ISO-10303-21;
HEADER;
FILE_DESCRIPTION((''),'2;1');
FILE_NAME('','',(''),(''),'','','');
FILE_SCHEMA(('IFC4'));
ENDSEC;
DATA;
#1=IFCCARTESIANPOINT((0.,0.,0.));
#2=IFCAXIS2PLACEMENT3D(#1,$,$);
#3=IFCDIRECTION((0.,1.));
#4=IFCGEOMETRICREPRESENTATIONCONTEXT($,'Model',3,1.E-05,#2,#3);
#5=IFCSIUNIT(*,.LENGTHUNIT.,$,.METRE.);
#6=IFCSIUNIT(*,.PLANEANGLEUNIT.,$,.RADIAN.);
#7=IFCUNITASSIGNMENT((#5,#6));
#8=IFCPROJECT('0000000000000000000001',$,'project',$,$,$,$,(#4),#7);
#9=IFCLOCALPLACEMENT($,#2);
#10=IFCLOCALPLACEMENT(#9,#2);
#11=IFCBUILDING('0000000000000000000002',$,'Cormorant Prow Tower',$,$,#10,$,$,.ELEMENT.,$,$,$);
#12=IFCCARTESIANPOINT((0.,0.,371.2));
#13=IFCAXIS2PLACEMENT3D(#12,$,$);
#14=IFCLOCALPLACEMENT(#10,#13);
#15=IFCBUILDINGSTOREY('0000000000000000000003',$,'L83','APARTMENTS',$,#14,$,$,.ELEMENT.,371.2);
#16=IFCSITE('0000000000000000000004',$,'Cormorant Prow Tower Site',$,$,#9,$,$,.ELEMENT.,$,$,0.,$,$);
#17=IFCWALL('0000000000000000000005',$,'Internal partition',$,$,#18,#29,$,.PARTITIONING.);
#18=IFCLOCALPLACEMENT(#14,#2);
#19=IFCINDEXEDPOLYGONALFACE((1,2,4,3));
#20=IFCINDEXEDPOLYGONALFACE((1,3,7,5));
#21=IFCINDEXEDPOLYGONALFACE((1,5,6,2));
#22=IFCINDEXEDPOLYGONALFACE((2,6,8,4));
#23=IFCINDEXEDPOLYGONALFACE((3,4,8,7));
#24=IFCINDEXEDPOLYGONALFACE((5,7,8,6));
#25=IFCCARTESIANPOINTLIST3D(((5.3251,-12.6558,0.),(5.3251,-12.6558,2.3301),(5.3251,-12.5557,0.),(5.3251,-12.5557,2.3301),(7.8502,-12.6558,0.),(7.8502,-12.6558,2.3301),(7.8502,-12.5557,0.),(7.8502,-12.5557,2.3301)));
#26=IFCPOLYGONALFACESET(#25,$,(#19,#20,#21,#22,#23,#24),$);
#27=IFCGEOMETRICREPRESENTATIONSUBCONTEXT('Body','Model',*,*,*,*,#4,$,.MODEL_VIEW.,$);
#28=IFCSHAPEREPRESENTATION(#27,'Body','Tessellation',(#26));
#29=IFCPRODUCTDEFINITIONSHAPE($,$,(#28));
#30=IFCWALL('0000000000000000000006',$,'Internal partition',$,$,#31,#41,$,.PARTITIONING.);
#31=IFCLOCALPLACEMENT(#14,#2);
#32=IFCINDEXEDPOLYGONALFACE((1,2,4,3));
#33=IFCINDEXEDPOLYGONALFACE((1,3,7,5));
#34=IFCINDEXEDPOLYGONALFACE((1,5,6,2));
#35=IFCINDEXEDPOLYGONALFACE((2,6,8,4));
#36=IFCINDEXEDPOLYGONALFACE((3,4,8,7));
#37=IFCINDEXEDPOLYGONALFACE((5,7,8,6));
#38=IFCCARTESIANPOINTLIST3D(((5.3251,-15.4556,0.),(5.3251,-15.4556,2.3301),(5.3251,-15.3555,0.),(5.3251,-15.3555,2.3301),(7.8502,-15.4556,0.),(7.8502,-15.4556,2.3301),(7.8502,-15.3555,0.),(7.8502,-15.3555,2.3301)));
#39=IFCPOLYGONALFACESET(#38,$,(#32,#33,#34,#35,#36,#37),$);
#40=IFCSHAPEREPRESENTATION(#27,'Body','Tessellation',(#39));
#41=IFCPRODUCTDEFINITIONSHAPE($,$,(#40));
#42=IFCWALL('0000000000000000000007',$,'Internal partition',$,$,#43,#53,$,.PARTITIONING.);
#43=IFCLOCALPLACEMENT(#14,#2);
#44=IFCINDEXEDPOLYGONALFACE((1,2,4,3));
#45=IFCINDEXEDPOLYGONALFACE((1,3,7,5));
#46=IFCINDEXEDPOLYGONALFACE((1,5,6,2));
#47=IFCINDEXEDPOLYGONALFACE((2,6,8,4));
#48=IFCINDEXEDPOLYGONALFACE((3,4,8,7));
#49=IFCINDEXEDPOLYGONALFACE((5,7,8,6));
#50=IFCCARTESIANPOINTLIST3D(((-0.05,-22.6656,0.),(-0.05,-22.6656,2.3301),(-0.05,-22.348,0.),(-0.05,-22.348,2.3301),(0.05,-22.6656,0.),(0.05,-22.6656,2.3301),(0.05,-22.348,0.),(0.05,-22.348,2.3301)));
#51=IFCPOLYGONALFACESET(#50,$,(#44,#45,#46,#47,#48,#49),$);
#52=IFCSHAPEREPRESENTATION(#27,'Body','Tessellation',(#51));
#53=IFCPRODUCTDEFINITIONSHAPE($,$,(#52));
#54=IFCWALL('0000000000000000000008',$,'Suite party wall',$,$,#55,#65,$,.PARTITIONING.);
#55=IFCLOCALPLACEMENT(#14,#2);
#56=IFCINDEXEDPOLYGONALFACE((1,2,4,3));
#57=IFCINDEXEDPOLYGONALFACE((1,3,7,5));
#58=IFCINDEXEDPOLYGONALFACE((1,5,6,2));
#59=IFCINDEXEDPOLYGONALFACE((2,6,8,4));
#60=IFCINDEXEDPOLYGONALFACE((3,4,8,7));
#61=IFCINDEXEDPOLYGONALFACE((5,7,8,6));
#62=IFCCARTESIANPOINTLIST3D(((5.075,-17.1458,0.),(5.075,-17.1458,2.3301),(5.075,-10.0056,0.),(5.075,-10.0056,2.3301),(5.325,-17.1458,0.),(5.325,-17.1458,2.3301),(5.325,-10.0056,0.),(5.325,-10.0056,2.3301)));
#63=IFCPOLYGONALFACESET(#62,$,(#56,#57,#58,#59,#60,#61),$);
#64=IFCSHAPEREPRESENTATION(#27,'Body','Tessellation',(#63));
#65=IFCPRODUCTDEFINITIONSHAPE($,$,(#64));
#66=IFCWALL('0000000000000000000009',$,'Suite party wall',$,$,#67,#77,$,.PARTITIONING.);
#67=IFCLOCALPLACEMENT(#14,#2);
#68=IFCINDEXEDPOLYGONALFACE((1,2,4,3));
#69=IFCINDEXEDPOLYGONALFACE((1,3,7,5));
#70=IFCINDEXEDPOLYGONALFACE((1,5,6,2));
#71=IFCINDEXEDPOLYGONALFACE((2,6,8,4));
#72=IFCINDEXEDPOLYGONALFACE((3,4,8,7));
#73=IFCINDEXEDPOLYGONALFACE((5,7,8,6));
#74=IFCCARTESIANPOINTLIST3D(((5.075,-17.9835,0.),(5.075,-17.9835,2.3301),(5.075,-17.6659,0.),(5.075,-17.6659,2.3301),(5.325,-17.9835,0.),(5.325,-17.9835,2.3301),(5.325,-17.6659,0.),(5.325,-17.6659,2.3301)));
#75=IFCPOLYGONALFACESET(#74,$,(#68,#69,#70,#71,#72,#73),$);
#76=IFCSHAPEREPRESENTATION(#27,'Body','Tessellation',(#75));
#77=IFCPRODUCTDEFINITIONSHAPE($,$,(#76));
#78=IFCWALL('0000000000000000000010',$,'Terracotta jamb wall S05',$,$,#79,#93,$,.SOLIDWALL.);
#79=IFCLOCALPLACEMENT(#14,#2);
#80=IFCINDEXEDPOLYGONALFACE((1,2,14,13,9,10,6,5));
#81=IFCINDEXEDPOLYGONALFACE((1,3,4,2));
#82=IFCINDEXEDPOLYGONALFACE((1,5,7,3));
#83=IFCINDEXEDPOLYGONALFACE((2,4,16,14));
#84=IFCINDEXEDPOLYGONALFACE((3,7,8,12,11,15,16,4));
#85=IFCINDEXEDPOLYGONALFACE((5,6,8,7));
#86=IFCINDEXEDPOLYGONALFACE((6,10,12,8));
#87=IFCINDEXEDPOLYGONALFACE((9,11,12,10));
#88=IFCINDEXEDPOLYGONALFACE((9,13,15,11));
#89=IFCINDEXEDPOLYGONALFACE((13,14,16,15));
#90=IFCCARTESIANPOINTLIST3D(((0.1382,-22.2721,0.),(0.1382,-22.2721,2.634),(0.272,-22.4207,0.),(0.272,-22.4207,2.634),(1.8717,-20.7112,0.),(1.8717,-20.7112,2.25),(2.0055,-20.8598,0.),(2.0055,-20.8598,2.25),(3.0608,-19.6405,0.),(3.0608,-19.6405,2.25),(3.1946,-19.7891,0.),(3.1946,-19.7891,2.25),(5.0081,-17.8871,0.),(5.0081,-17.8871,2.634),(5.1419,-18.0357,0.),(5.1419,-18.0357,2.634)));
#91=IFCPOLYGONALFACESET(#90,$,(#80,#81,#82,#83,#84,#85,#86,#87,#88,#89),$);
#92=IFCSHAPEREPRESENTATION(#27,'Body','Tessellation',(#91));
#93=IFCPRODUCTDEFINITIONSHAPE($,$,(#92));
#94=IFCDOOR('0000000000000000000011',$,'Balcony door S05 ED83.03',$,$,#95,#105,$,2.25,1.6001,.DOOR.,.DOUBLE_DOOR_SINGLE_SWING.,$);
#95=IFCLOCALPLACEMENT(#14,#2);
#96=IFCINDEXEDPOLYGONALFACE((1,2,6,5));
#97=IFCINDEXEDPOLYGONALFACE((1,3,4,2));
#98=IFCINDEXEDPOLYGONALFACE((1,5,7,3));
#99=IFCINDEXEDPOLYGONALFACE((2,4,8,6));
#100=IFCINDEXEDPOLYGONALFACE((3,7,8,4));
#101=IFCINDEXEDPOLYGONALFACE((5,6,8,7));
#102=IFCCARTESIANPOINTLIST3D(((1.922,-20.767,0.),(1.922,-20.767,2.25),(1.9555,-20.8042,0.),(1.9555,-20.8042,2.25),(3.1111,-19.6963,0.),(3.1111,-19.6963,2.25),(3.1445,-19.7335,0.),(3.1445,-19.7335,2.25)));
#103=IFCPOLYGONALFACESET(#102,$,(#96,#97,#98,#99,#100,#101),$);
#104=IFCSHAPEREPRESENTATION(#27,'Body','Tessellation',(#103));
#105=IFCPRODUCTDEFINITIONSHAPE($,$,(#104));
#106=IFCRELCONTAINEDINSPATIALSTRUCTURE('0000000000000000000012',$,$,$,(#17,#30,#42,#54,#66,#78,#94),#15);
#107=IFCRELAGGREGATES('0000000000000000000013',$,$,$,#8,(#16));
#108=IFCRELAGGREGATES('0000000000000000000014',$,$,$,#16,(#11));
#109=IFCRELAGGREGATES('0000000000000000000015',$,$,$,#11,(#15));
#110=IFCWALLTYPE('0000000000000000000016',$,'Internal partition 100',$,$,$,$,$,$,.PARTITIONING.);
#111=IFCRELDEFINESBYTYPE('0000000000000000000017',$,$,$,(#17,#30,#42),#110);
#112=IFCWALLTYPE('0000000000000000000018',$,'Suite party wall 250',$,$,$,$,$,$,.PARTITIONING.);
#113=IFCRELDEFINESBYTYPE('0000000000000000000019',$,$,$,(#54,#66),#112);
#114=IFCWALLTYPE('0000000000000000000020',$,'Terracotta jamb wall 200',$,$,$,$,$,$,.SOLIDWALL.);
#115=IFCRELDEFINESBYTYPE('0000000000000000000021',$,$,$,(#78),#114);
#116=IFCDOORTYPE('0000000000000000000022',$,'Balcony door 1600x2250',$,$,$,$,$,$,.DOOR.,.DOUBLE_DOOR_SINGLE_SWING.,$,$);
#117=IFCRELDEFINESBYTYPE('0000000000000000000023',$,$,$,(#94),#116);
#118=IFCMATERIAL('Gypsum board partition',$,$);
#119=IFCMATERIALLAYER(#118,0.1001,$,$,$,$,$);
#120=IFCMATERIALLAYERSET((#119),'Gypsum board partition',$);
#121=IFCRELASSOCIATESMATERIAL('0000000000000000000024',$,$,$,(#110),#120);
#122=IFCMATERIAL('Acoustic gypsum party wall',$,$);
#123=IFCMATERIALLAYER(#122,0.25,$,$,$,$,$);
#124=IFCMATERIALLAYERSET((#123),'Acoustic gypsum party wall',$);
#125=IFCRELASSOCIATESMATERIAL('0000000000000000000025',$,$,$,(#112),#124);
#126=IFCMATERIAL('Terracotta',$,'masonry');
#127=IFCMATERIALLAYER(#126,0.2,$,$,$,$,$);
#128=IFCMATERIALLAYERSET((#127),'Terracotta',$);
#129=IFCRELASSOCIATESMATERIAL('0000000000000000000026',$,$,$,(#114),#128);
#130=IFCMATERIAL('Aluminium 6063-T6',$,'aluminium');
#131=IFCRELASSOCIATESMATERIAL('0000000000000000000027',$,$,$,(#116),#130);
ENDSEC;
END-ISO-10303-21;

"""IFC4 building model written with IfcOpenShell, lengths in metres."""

from ifc_helpers import new_model, si_unit, direction, frame, frame_2d, origin, place, context, subcontext, project, spatial, rectangle, extrude, material, layer, layer_set, type_object, element, fill, save


model = new_model("IFC4")

# Units and contexts
model_context = context("Model", 3, precision=1e-05, world=origin(), true_north=direction((0.0, 1.0)))
body_context = subcontext(model_context, "Body", "Model", "MODEL_VIEW")
ifc_project = project(units=[si_unit("LENGTHUNIT", "METRE"), si_unit("PLANEANGLEUNIT", "RADIAN")], contexts=[model_context])

# Site, building, storey
site_placement = place(None, origin())
site = spatial("IfcSite", under=ifc_project, at=site_placement, Name="Cormorant Prow Tower Site", CompositionType="ELEMENT", RefElevation=0.0)
building_placement = place(site_placement, origin())
building = spatial("IfcBuilding", under=site, at=building_placement, Name="Cormorant Prow Tower", CompositionType="ELEMENT")
storey_placement = place(building_placement, frame((0.0, 0.0, 371.2)))
storey = spatial("IfcBuildingStorey", under=building, at=storey_placement, Name="L83", Description="APARTMENTS", CompositionType="ELEMENT", Elevation=371.2)

# Shared definitions
ifc_material_1 = material(Name="Gypsum board partition")
ifc_layer_1 = layer(ifc_material_1, 0.1001)
ifc_layer_set_1 = layer_set([ifc_layer_1], Name="Gypsum board partition")
wall_type_1 = type_object("IfcWallType", Name="Internal partition 100", PredefinedType="PARTITIONING", material=ifc_layer_set_1)

# Walls
for number, where, z_axis, x_axis, name in (
    (1, (5.325, -12.6057, 0.0), (0.0, 0.0, 1.0), (1.0, 0.0, 0.0), "Internal partition"),
    (2, (5.325, -15.4055, 0.0), (0.0, 0.0, 1.0), (1.0, 0.0, 0.0), "Internal partition"),
):
    element("IfcWall", number, at=place(storey_placement, frame(where, z_axis=z_axis, x_axis=x_axis)), inside=storey, type_object=wall_type_1, Name=name, PredefinedType="PARTITIONING", context=body_context, shape_type="SweptSolid", body=[
        extrude(rectangle(XDim=2.5251, YDim=0.1001, at=frame_2d((1.2627, 0.0))), origin(), (0.0, 0.0, 1.0), 2.3301),
    ])
wall_1_placement = place(storey_placement, frame((0.0, -22.6655, 0.0), z_axis=(0.0, 0.0, 1.0), x_axis=(0.0, 1.0, 0.0)))
element("IfcWall", 3, at=wall_1_placement, inside=storey, type_object=wall_type_1, Name="Internal partition", PredefinedType="PARTITIONING", context=body_context, shape_type="SweptSolid", body=[
    extrude(rectangle(XDim=0.3176, YDim=0.1001, at=frame_2d((0.1587, 0.0))), origin(), (0.0, 0.0, 1.0), 2.3301),
])
ifc_material_2 = material(Name="Acoustic gypsum party wall")
ifc_layer_2 = layer(ifc_material_2, 0.25)
ifc_layer_set_2 = layer_set([ifc_layer_2], Name="Acoustic gypsum party wall")
wall_type_2 = type_object("IfcWallType", Name="Suite party wall 250", PredefinedType="PARTITIONING", material=ifc_layer_set_2)
wall_2_placement = place(storey_placement, frame((5.2, -17.1458, 0.0), z_axis=(0.0, 0.0, 1.0), x_axis=(0.0, 1.0, 0.0)))
element("IfcWall", 4, at=wall_2_placement, inside=storey, type_object=wall_type_2, Name="Suite party wall", PredefinedType="PARTITIONING", context=body_context, shape_type="SweptSolid", body=[
    extrude(rectangle(XDim=7.1401, YDim=0.25, at=frame_2d((3.5701, 0.0))), origin(), (0.0, 0.0, 1.0), 2.3301),
])
wall_3_placement = place(storey_placement, frame((5.2, -17.9834, 0.0), z_axis=(0.0, 0.0, 1.0), x_axis=(0.0, 1.0, 0.0)))
element("IfcWall", 5, at=wall_3_placement, inside=storey, type_object=wall_type_2, Name="Suite party wall", PredefinedType="PARTITIONING", context=body_context, shape_type="SweptSolid", body=[
    extrude(rectangle(XDim=0.3176, YDim=0.25, at=frame_2d((0.1587, 0.0))), origin(), (0.0, 0.0, 1.0), 2.3301),
])

# Wall, opening, door
ifc_material_3 = material(Name="Terracotta", Category="masonry")
ifc_layer_3 = layer(ifc_material_3, 0.2)
ifc_layer_set_3 = layer_set([ifc_layer_3], Name="Terracotta")
wall_type_3 = type_object("IfcWallType", Name="Terracotta jamb wall 200", PredefinedType="SOLIDWALL", material=ifc_layer_set_3)
wall_4_placement = place(storey_placement, frame((0.2051, -22.3464, 0.0), z_axis=(0.0, 0.0, 1.0), x_axis=(0.743133, 0.669144, 0.0)))
wall_4 = element("IfcWall", 6, at=wall_4_placement, inside=storey, type_object=wall_type_3, Name="Terracotta jamb wall S05", PredefinedType="SOLIDWALL", context=body_context, shape_type="SweptSolid", body=[
    extrude(rectangle(XDim=6.5532, YDim=0.2, at=frame_2d((3.2766, 0.0))), origin(), (0.0, 0.0, 1.0), 2.634),
])
opening_1_placement = place(wall_4_placement, frame((2.3328, 0.0, 0.0)))
opening_1 = element("IfcOpeningElement", 7, at=opening_1_placement, cuts=wall_4, PredefinedType="OPENING", context=body_context, shape_type="SweptSolid", body=[
    extrude(rectangle(XDim=1.6001, YDim=2.25, at=frame_2d((0.8, 1.125))), frame((0.0, 0.1099, 0.0), z_axis=(0.0, -1.0, 0.0), x_axis=(1.0, 0.0, 0.0)), (0.0, 0.0, 1.0), 0.22),
])
ifc_material_4 = material(Name="Aluminium 6063-T6", Category="aluminium")
door_type_1 = type_object("IfcDoorType", Name="Balcony door 1600x2250", OperationType="DOUBLE_DOOR_SINGLE_SWING", PredefinedType="DOOR", material=ifc_material_4)
door_1_placement = place(opening_1_placement, origin())
door_1 = element("IfcDoor", 8, at=door_1_placement, inside=storey, type_object=door_type_1, Name="Balcony door S05 ED83.03", OperationType="DOUBLE_DOOR_SINGLE_SWING", OverallHeight=2.25, OverallWidth=1.6001, PredefinedType="DOOR", context=body_context, shape_type="SweptSolid", body=[
    extrude(rectangle(XDim=1.6001, YDim=2.25, at=frame_2d((0.8, 1.125))), frame((0.0, 0.0249, 0.0), z_axis=(0.0, -1.0, 0.0), x_axis=(1.0, 0.0, 0.0)), (0.0, 0.0, 1.0), 0.05),
])
fill(opening_1, door_1)

save(model, "model.ifc")
